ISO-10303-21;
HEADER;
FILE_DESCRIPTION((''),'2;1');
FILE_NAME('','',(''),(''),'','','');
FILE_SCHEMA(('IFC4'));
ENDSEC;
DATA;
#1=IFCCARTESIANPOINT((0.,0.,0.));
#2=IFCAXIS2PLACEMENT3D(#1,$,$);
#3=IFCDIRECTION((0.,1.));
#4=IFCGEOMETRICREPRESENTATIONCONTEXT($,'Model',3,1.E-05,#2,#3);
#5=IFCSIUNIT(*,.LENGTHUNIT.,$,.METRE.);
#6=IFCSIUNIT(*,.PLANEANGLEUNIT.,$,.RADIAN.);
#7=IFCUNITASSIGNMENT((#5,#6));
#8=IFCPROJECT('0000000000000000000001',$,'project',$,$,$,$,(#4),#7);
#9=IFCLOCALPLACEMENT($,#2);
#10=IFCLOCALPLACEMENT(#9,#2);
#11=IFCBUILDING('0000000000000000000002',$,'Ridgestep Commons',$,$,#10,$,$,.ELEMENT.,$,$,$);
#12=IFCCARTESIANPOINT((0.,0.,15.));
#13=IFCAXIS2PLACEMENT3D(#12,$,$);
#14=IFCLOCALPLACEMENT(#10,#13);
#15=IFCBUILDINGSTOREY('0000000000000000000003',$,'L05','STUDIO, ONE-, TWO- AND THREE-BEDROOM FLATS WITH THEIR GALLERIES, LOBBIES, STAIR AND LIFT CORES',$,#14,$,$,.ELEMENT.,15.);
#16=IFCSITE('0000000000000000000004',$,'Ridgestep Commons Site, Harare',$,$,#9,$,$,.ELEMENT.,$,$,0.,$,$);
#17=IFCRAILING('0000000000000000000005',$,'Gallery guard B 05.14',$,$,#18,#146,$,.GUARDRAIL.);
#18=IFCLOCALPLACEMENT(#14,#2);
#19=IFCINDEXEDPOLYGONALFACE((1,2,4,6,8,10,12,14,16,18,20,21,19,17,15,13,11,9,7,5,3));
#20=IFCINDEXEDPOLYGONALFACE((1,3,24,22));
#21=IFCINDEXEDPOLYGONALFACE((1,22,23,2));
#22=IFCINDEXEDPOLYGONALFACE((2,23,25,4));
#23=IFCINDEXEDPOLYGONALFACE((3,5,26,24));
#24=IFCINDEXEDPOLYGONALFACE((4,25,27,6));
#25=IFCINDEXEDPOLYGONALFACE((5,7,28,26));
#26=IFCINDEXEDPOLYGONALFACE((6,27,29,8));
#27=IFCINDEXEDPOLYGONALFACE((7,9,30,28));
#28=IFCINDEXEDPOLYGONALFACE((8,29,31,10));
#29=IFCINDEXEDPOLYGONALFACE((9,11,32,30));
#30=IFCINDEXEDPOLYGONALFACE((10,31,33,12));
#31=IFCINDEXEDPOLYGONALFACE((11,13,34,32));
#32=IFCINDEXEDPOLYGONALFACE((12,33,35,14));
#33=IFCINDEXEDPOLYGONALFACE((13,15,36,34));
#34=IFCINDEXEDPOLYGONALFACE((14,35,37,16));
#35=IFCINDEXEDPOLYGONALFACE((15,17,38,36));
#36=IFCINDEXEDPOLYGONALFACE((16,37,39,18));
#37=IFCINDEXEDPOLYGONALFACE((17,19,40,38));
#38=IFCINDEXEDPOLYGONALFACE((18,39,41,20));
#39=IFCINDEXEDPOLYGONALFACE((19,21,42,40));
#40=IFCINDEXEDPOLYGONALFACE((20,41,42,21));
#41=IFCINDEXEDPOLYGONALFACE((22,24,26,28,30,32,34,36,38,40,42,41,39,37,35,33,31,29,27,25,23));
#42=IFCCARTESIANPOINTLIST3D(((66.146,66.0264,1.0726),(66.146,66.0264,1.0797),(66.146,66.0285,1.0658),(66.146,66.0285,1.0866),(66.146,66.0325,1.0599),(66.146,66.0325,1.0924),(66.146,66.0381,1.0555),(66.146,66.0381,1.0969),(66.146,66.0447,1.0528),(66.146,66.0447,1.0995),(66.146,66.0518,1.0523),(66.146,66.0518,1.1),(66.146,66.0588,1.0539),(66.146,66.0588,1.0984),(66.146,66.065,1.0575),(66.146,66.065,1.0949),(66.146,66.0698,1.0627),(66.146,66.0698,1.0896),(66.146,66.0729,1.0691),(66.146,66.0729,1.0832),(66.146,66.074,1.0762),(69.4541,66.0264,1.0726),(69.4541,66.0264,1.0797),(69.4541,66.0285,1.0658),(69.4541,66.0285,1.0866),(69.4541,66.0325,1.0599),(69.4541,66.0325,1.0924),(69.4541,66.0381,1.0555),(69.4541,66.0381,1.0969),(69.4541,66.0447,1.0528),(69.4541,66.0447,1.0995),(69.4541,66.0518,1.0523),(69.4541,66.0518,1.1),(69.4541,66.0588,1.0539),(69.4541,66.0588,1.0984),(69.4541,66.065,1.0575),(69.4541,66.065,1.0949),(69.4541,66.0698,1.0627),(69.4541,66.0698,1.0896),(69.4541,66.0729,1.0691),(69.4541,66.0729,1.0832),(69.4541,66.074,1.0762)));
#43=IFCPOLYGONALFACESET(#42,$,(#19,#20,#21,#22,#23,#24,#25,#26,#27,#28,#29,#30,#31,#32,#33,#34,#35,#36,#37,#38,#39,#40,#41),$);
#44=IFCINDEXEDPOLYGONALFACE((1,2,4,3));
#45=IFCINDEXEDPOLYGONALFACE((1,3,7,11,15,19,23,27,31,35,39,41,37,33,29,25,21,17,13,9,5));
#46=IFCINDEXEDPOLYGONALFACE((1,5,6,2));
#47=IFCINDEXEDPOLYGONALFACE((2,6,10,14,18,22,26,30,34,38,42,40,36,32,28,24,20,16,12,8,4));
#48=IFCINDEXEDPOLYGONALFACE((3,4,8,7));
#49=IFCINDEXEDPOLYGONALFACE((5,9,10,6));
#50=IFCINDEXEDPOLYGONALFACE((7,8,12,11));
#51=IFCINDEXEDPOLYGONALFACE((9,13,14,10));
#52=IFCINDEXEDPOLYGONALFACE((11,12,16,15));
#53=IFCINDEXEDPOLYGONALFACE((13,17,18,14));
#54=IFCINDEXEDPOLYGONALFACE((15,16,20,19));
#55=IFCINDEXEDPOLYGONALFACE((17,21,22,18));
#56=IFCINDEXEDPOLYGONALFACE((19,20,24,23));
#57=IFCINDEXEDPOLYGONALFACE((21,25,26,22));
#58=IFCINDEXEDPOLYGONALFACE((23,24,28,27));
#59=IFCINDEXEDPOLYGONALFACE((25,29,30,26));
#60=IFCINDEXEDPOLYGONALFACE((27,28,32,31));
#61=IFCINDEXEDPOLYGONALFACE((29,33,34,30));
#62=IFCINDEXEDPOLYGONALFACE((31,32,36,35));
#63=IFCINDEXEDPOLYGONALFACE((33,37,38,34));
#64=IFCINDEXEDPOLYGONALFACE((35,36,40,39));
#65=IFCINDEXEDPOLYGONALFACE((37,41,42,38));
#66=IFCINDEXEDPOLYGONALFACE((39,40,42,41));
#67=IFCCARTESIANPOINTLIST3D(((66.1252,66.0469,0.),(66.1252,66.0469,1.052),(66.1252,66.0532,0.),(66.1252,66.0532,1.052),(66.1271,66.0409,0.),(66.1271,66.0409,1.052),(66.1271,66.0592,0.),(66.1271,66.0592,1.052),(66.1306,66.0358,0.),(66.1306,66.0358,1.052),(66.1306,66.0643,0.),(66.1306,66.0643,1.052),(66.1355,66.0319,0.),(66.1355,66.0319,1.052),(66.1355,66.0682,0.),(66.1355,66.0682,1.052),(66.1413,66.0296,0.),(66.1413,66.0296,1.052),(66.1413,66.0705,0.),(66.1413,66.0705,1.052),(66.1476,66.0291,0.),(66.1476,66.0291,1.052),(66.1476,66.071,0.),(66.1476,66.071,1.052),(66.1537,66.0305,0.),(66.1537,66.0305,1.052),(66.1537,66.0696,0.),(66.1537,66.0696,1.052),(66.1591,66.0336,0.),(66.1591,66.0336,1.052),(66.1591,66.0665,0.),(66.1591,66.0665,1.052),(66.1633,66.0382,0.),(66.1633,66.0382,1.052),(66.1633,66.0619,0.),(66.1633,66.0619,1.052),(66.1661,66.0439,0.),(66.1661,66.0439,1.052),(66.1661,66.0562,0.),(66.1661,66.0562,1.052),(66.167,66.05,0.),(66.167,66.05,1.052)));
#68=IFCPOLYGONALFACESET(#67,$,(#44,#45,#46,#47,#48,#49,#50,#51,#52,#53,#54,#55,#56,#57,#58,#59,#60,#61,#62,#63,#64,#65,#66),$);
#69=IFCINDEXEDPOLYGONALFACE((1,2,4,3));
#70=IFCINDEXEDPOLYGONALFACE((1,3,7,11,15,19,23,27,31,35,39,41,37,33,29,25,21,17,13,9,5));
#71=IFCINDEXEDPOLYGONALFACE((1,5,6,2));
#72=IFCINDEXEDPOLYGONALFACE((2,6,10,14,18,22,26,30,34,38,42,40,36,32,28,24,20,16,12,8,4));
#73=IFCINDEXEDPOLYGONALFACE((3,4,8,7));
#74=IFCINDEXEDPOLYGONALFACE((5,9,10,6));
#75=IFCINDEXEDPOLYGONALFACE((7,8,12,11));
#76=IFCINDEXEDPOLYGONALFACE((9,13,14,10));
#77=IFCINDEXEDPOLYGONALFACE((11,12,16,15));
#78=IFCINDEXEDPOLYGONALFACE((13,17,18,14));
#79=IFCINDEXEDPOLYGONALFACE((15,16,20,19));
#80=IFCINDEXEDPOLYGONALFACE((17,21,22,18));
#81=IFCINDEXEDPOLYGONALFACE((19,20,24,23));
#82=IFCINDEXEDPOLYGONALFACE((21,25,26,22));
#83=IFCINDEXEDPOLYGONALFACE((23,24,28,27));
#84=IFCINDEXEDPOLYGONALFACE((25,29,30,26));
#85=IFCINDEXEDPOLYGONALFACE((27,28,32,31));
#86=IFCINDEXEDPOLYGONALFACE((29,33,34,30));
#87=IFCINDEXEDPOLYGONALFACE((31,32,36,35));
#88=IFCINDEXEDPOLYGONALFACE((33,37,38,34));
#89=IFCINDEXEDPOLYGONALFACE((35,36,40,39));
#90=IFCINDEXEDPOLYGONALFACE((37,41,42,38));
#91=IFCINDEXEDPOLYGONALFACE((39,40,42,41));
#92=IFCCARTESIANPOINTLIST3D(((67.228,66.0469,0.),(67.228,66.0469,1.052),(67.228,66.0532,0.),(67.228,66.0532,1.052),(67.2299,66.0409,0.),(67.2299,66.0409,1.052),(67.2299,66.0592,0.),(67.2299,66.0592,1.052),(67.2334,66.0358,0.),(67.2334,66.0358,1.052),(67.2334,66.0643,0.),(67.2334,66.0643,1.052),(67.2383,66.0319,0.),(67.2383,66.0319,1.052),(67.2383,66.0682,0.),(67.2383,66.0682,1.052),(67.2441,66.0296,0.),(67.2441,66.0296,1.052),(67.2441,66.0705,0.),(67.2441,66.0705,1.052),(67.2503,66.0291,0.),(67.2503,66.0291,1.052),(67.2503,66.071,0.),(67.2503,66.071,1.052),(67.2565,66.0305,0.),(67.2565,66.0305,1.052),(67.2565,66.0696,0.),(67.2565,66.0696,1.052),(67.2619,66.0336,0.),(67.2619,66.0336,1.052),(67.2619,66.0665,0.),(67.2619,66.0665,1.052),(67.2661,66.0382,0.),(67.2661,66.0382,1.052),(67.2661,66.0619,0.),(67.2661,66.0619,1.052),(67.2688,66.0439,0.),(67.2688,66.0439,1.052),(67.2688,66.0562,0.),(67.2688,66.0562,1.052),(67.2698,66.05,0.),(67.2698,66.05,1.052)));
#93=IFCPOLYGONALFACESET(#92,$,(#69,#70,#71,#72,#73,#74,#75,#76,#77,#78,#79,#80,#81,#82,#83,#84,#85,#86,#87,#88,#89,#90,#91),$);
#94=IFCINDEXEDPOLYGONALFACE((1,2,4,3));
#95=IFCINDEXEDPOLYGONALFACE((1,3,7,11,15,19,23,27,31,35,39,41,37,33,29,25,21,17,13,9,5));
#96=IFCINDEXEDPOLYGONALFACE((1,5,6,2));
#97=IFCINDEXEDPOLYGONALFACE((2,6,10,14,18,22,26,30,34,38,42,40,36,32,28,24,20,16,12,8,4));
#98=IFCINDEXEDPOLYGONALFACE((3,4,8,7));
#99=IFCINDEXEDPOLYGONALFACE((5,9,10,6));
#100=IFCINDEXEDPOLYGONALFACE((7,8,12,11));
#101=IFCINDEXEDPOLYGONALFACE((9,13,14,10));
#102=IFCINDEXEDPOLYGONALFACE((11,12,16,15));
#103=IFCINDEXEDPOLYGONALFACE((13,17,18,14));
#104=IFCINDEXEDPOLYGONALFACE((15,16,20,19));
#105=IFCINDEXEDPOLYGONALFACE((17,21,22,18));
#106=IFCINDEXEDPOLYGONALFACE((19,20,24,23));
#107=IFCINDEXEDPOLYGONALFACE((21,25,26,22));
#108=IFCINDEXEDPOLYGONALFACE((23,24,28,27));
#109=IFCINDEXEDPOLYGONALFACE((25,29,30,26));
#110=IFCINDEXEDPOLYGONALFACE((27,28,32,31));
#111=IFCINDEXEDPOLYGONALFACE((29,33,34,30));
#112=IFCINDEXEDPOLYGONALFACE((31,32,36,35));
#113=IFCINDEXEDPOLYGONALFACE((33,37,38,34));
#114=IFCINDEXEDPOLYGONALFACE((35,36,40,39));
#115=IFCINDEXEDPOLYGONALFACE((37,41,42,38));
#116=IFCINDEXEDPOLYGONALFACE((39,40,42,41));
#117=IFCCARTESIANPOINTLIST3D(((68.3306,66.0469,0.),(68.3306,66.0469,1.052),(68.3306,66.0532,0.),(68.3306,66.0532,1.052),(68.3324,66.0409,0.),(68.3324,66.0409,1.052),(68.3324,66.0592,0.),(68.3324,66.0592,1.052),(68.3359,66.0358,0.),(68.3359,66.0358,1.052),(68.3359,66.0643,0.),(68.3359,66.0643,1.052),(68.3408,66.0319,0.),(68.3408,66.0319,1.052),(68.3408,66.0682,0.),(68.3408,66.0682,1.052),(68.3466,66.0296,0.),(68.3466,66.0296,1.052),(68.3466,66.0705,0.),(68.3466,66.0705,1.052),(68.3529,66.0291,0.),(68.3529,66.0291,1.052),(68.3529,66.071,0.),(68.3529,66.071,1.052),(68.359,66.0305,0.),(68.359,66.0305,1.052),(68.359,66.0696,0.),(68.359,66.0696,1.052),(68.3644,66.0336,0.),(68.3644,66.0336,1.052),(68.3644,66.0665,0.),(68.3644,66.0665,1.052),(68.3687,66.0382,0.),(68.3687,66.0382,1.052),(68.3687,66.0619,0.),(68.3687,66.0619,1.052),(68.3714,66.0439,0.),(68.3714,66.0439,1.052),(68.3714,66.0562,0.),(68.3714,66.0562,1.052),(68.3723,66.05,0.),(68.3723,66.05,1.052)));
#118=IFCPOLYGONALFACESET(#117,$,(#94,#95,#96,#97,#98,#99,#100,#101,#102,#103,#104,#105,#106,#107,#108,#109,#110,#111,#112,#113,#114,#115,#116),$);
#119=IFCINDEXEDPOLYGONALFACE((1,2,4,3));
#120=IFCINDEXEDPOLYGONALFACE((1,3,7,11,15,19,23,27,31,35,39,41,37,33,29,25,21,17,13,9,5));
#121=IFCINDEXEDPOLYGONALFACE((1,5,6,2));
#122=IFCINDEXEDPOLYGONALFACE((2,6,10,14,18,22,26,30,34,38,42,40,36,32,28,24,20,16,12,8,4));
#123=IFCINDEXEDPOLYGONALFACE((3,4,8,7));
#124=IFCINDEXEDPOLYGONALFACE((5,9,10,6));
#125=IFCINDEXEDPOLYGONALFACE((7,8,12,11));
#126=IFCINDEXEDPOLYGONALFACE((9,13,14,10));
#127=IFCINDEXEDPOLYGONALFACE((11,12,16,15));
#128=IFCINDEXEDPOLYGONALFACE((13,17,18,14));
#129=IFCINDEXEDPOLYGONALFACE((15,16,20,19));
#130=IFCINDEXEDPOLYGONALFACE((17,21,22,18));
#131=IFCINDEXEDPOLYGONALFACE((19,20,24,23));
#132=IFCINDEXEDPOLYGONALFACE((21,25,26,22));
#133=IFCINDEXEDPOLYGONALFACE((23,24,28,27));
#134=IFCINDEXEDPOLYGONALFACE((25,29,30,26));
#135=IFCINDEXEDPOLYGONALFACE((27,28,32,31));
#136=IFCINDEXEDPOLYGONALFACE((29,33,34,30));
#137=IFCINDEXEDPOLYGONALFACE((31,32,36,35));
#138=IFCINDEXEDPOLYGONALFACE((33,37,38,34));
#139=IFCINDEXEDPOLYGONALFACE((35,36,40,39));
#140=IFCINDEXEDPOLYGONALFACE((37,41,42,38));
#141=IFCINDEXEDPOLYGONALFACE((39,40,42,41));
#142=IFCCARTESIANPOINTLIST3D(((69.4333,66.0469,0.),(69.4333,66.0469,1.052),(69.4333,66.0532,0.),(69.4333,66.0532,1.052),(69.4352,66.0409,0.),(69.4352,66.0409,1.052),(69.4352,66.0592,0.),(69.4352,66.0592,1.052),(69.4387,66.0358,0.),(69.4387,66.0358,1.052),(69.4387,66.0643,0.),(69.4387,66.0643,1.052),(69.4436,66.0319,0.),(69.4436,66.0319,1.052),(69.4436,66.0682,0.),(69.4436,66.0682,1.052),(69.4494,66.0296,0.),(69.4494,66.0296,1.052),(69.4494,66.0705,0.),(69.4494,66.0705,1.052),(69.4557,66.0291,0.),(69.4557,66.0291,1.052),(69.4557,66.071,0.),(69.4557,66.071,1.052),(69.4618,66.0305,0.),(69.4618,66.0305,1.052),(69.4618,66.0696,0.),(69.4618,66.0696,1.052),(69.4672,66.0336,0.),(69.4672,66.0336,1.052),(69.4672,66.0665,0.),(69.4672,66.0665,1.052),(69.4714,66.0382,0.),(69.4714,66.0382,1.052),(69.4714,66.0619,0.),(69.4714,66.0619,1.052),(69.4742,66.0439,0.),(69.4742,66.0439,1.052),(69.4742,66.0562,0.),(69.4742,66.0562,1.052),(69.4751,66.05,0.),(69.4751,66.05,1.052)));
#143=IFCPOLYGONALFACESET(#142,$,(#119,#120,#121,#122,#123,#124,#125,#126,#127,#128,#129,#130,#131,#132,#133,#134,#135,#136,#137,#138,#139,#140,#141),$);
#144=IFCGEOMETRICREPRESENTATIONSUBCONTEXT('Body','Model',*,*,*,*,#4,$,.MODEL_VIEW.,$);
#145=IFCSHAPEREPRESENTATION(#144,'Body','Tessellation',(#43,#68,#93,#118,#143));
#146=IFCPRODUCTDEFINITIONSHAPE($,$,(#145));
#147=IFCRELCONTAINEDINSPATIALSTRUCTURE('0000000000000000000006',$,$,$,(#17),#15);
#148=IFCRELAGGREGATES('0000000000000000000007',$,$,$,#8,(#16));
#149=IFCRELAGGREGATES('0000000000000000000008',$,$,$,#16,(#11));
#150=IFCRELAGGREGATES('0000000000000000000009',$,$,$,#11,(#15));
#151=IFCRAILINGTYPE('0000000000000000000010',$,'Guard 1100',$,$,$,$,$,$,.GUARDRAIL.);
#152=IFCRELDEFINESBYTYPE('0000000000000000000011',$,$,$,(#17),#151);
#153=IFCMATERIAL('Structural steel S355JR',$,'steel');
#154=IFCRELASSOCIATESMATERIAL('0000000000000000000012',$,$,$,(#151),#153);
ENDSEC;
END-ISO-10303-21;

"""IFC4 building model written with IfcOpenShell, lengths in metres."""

from ifc_helpers import new_model, si_unit, direction, frame, origin, origin_2d, place, context, subcontext, project, spatial, circle, extrude, material, type_object, element, save


model = new_model("IFC4")

# Units and contexts
model_context = context("Model", 3, precision=1e-05, world=origin(), true_north=direction((0.0, 1.0)))
body_context = subcontext(model_context, "Body", "Model", "MODEL_VIEW")
ifc_project = project(units=[si_unit("LENGTHUNIT", "METRE"), si_unit("PLANEANGLEUNIT", "RADIAN")], contexts=[model_context])

# Site, building, storey
site_placement = place(None, origin())
site = spatial("IfcSite", under=ifc_project, at=site_placement, Name="Ridgestep Commons Site, Harare", CompositionType="ELEMENT", RefElevation=0.0)
building_placement = place(site_placement, origin())
building = spatial("IfcBuilding", under=site, at=building_placement, Name="Ridgestep Commons", CompositionType="ELEMENT")
storey_placement = place(building_placement, frame((0.0, 0.0, 15.0)))
storey = spatial("IfcBuildingStorey", under=building, at=storey_placement, Name="L05", Description="STUDIO, ONE-, TWO- AND THREE-BEDROOM FLATS WITH THEIR GALLERIES, LOBBIES, STAIR AND LIFT CORES", CompositionType="ELEMENT", Elevation=15.0)

# Railing
ifc_material_1 = material(Name="Structural steel S355JR", Category="steel")
railing_type = type_object("IfcRailingType", Name="Guard 1100", PredefinedType="GUARDRAIL", material=ifc_material_1)
railing_1_placement = place(storey_placement, frame((66.146, 66.05, 0.0)))
element("IfcRailing", 1, at=railing_1_placement, inside=storey, type_object=railing_type, Name="Gallery guard B 05.14", PredefinedType="GUARDRAIL", context=body_context, shape_type="SweptSolid", body=[
    extrude(circle(Radius=0.0239, at=origin_2d()), frame((0.0, 0.0, 1.0762), z_axis=(1.0, 0.0, 0.0), x_axis=(0.0, 1.0, 0.0)), (0.0, 0.0, 1.0), 3.3081),
    extrude(circle(Radius=0.021, at=origin_2d()), origin(), (0.0, 0.0, 1.0), 1.052),
    extrude(circle(Radius=0.021, at=origin_2d()), frame((1.1028, 0.0, 0.0)), (0.0, 0.0, 1.0), 1.052),
    extrude(circle(Radius=0.021, at=origin_2d()), frame((2.2053, 0.0, 0.0)), (0.0, 0.0, 1.0), 1.052),
    extrude(circle(Radius=0.021, at=origin_2d()), frame((3.3081, 0.0, 0.0)), (0.0, 0.0, 1.0), 1.052),
])

save(model, "model.ifc")
